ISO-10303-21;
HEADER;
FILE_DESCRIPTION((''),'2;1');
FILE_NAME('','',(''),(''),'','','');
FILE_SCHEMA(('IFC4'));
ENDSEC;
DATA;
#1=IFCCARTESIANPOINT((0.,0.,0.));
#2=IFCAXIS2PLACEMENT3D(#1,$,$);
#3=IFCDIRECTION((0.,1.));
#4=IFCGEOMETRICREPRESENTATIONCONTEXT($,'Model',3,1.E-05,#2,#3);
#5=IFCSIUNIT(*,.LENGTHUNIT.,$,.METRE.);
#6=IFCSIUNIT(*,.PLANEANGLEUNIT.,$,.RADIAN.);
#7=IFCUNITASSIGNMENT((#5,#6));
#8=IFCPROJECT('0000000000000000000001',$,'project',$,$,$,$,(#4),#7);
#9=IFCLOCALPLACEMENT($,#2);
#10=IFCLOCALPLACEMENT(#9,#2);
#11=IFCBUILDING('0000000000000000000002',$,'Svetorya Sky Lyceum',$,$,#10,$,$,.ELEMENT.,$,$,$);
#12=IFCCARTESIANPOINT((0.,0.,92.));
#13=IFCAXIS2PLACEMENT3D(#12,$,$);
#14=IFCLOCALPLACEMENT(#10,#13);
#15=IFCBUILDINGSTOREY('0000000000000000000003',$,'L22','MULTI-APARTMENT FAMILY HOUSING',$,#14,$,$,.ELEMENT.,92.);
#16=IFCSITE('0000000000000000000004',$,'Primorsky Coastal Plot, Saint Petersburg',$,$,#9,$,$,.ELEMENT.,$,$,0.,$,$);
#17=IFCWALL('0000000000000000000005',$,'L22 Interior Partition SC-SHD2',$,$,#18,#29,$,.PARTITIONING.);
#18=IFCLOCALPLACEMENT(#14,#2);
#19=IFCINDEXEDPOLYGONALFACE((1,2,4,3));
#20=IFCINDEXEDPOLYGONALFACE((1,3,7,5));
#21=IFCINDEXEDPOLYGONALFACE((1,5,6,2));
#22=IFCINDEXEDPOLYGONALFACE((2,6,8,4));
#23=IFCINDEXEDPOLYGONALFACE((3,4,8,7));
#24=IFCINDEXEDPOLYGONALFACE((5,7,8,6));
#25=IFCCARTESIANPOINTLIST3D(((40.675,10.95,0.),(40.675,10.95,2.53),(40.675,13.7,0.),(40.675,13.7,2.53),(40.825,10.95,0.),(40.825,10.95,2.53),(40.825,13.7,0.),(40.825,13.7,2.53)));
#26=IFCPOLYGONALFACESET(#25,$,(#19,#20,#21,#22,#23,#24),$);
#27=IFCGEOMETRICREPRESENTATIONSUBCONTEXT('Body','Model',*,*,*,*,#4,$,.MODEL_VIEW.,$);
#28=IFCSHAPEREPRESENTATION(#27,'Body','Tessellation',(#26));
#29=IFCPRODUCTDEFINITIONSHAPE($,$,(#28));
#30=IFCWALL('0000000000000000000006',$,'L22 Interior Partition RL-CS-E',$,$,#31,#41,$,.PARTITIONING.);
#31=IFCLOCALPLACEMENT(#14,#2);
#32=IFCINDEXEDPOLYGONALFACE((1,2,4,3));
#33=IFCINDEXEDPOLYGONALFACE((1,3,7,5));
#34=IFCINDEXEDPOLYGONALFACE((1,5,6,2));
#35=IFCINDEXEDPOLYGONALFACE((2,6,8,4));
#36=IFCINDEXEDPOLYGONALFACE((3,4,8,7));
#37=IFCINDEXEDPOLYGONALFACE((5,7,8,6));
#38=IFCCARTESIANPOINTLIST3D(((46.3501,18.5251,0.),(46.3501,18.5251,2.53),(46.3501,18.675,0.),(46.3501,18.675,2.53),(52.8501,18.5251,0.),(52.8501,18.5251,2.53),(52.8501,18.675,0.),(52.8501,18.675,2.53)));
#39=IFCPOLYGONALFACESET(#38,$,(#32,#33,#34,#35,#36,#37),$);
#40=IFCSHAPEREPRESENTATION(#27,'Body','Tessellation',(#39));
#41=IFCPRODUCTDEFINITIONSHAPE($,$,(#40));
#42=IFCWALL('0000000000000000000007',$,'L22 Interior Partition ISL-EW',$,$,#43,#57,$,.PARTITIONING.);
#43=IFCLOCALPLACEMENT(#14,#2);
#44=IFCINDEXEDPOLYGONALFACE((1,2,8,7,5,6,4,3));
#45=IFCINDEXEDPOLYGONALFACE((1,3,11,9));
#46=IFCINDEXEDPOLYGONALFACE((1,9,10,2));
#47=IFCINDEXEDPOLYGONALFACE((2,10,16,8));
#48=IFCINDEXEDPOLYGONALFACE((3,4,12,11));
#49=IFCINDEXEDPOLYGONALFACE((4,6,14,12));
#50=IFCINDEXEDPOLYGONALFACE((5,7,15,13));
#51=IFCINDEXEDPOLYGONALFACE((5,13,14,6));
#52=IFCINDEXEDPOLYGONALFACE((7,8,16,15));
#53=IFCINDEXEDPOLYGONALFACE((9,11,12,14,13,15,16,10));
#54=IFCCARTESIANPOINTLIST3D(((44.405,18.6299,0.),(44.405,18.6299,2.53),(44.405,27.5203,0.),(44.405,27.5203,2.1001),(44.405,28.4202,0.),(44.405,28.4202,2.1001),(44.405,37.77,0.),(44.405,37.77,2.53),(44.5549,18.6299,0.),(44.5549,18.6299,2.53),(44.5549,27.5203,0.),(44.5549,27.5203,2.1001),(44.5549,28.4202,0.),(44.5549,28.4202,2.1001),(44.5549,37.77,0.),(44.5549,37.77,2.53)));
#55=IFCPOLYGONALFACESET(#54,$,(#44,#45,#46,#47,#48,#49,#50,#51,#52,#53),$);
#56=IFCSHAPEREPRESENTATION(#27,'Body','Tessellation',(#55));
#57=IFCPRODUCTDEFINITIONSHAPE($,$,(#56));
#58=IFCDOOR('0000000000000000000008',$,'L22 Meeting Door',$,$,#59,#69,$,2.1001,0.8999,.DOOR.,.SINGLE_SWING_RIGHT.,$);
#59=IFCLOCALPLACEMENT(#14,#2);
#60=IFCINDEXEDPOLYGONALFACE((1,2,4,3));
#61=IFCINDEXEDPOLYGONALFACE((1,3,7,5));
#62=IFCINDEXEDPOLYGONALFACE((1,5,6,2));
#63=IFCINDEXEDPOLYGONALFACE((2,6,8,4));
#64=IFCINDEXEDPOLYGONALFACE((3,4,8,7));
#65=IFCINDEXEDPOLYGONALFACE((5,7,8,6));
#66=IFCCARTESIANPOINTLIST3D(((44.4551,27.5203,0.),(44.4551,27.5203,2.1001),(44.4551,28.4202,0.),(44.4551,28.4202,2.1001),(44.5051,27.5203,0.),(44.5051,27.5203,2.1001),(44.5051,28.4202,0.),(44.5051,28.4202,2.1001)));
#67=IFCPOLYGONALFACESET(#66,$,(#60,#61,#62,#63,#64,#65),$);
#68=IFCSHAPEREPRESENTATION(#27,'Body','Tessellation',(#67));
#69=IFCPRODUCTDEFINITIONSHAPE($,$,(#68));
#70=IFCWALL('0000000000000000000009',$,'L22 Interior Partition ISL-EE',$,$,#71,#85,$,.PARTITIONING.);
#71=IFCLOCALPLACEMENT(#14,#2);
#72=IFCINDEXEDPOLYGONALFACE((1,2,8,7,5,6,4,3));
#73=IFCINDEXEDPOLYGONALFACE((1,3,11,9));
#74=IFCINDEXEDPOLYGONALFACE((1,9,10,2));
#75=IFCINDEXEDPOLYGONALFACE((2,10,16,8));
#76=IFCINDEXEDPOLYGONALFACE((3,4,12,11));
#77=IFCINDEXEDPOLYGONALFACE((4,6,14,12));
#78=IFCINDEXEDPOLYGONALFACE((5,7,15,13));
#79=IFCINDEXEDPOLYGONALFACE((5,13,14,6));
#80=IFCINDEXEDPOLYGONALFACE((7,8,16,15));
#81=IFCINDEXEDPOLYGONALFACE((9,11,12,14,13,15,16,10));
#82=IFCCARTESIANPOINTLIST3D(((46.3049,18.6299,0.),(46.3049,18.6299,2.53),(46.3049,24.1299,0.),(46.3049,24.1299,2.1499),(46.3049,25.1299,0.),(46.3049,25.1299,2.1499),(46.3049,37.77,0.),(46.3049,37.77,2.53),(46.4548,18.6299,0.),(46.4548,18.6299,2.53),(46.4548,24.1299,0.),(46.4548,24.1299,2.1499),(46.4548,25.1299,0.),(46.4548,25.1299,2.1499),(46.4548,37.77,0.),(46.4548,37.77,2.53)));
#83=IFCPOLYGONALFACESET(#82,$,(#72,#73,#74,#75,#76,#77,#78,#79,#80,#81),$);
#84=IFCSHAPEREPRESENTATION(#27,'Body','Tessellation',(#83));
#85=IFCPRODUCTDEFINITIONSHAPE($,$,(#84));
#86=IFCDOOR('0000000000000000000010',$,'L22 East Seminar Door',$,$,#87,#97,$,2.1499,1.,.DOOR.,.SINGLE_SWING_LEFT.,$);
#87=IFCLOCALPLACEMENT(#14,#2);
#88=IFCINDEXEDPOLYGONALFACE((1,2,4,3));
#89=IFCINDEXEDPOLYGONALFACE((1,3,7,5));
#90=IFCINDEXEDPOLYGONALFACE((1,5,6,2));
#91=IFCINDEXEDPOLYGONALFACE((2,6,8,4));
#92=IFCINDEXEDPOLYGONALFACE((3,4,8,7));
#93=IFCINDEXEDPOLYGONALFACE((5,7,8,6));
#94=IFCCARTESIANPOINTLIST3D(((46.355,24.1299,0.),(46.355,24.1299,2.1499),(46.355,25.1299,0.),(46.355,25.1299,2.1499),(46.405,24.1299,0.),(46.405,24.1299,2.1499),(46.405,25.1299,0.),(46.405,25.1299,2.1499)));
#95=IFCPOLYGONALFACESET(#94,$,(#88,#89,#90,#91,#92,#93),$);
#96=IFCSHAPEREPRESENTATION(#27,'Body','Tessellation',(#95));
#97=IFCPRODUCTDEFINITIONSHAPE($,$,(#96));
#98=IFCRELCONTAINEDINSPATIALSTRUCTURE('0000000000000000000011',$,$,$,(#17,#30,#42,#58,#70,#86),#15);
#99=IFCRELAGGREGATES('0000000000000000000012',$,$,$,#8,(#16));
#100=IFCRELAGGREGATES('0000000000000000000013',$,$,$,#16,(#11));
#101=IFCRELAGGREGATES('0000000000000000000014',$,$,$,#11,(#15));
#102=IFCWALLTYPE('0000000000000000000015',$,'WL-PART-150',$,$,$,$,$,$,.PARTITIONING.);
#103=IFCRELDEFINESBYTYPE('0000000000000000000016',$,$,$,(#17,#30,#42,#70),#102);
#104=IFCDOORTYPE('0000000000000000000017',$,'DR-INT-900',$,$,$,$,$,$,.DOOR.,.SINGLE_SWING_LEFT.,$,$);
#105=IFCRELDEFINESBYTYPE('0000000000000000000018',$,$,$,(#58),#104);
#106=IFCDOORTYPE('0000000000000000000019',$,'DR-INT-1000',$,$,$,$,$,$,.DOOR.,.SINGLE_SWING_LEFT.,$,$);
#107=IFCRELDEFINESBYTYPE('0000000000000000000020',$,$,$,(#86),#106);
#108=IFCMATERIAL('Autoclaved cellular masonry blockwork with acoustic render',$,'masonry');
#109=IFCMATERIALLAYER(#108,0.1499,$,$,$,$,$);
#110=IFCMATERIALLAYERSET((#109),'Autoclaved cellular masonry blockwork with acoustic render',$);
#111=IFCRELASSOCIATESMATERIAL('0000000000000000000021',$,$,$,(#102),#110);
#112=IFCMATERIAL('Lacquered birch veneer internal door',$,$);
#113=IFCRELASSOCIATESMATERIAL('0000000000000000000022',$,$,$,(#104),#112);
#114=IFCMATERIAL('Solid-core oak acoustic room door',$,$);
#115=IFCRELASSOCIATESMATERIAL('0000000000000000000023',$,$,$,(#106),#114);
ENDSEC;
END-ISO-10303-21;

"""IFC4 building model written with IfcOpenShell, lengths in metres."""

from ifc_helpers import new_model, si_unit, direction, frame, frame_2d, origin, place, context, subcontext, project, spatial, rectangle, extrude, material, layer, layer_set, type_object, element, fill, save


model = new_model("IFC4")

# Units and contexts
model_context = context("Model", 3, precision=1e-05, world=origin(), true_north=direction((0.0, 1.0)))
body_context = subcontext(model_context, "Body", "Model", "MODEL_VIEW")
ifc_project = project(units=[si_unit("LENGTHUNIT", "METRE"), si_unit("PLANEANGLEUNIT", "RADIAN")], contexts=[model_context])

# Site, building, storey
site_placement = place(None, origin())
site = spatial("IfcSite", under=ifc_project, at=site_placement, Name="Primorsky Coastal Plot, Saint Petersburg", CompositionType="ELEMENT", RefElevation=0.0)
building_placement = place(site_placement, origin())
building = spatial("IfcBuilding", under=site, at=building_placement, Name="Svetorya Sky Lyceum", CompositionType="ELEMENT")
storey_placement = place(building_placement, frame((0.0, 0.0, 92.0)))
storey = spatial("IfcBuildingStorey", under=building, at=storey_placement, Name="L22", Description="MULTI-APARTMENT FAMILY HOUSING", CompositionType="ELEMENT", Elevation=92.0)

# Walls
ifc_material_1 = material(Name="Autoclaved cellular masonry blockwork with acoustic render", Category="masonry")
ifc_layer_1 = layer(ifc_material_1, 0.1499)
ifc_layer_set_1 = layer_set([ifc_layer_1], Name="Autoclaved cellular masonry blockwork with acoustic render")
wall_type_1 = type_object("IfcWallType", Name="WL-PART-150", PredefinedType="PARTITIONING", material=ifc_layer_set_1)
for number, where, z_axis, x_axis, name in (
    (1, (40.75, 10.95, 0.0), (0.0, 0.0, 1.0), (0.0, 1.0, 0.0), "L22 Interior Partition SC-SHD2"),
):
    element("IfcWall", number, at=place(storey_placement, frame(where, z_axis=z_axis, x_axis=x_axis)), inside=storey, type_object=wall_type_1, Name=name, PredefinedType="PARTITIONING", context=body_context, shape_type="SweptSolid", body=[
        extrude(rectangle(XDim=2.75, YDim=0.1499, at=frame_2d((1.375, 0.0))), origin(), (0.0, 0.0, 1.0), 2.53),
    ])
wall_1_placement = place(storey_placement, frame((46.3501, 18.6001, 0.0), z_axis=(0.0, 0.0, 1.0), x_axis=(1.0, 0.0, 0.0)))
element("IfcWall", 2, at=wall_1_placement, inside=storey, type_object=wall_type_1, Name="L22 Interior Partition RL-CS-E", PredefinedType="PARTITIONING", context=body_context, shape_type="SweptSolid", body=[
    extrude(rectangle(XDim=6.5, YDim=0.1499, at=frame_2d((3.25, 0.0))), origin(), (0.0, 0.0, 1.0), 2.53),
])

# Walls, openings, doors
wall_2_placement = place(storey_placement, frame((44.48, 18.6299, 0.0), z_axis=(0.0, 0.0, 1.0), x_axis=(0.0, 1.0, 0.0)))
wall_2 = element("IfcWall", 3, at=wall_2_placement, inside=storey, type_object=wall_type_1, Name="L22 Interior Partition ISL-EW", PredefinedType="PARTITIONING", context=body_context, shape_type="SweptSolid", body=[
    extrude(rectangle(XDim=19.1401, YDim=0.1499, at=frame_2d((9.5701, 0.0))), origin(), (0.0, 0.0, 1.0), 2.53),
])
opening_1_placement = place(wall_2_placement, frame((8.8904, 0.0, 0.0)))
opening_1 = element("IfcOpeningElement", 4, at=opening_1_placement, cuts=wall_2, PredefinedType="OPENING", context=body_context, shape_type="SweptSolid", body=[
    extrude(rectangle(XDim=0.8999, YDim=2.1001, at=frame_2d((0.45, 1.05))), frame((0.0, 0.085, 0.0), z_axis=(0.0, -1.0, 0.0), x_axis=(1.0, 0.0, 0.0)), (0.0, 0.0, 1.0), 0.1699),
])
ifc_material_2 = material(Name="Lacquered birch veneer internal door")
door_type_1 = type_object("IfcDoorType", Name="DR-INT-900", OperationType="SINGLE_SWING_LEFT", PredefinedType="DOOR", material=ifc_material_2)
door_1_placement = place(opening_1_placement, origin())
door_1 = element("IfcDoor", 5, at=door_1_placement, inside=storey, type_object=door_type_1, Name="L22 Meeting Door", OperationType="SINGLE_SWING_RIGHT", OverallHeight=2.1001, OverallWidth=0.8999, PredefinedType="DOOR", context=body_context, shape_type="SweptSolid", body=[
    extrude(rectangle(XDim=0.8999, YDim=2.1001, at=frame_2d((0.45, 1.05))), frame((0.0, 0.0249, 0.0), z_axis=(0.0, -1.0, 0.0), x_axis=(1.0, 0.0, 0.0)), (0.0, 0.0, 1.0), 0.05),
])
fill(opening_1, door_1)
wall_3_placement = place(storey_placement, frame((46.3799, 18.6299, 0.0), z_axis=(0.0, 0.0, 1.0), x_axis=(0.0, 1.0, 0.0)))
wall_3 = element("IfcWall", 6, at=wall_3_placement, inside=storey, type_object=wall_type_1, Name="L22 Interior Partition ISL-EE", PredefinedType="PARTITIONING", context=body_context, shape_type="SweptSolid", body=[
    extrude(rectangle(XDim=19.1401, YDim=0.1499, at=frame_2d((9.5701, 0.0))), origin(), (0.0, 0.0, 1.0), 2.53),
])
opening_2_placement = place(wall_3_placement, frame((5.5, 0.0, 0.0)))
opening_2 = element("IfcOpeningElement", 7, at=opening_2_placement, cuts=wall_3, PredefinedType="OPENING", context=body_context, shape_type="SweptSolid", body=[
    extrude(rectangle(XDim=1.0, YDim=2.1499, at=frame_2d((0.5, 1.075))), frame((0.0, 0.085, 0.0), z_axis=(0.0, -1.0, 0.0), x_axis=(1.0, 0.0, 0.0)), (0.0, 0.0, 1.0), 0.1699),
])
ifc_material_3 = material(Name="Solid-core oak acoustic room door")
door_type_2 = type_object("IfcDoorType", Name="DR-INT-1000", OperationType="SINGLE_SWING_LEFT", PredefinedType="DOOR", material=ifc_material_3)
door_2_placement = place(opening_2_placement, origin())
door_2 = element("IfcDoor", 8, at=door_2_placement, inside=storey, type_object=door_type_2, Name="L22 East Seminar Door", OperationType="SINGLE_SWING_LEFT", OverallHeight=2.1499, OverallWidth=1.0, PredefinedType="DOOR", context=body_context, shape_type="SweptSolid", body=[
    extrude(rectangle(XDim=1.0, YDim=2.1499, at=frame_2d((0.5, 1.075))), frame((0.0, 0.0249, 0.0), z_axis=(0.0, -1.0, 0.0), x_axis=(1.0, 0.0, 0.0)), (0.0, 0.0, 1.0), 0.05),
])
fill(opening_2, door_2)

save(model, "model.ifc")
